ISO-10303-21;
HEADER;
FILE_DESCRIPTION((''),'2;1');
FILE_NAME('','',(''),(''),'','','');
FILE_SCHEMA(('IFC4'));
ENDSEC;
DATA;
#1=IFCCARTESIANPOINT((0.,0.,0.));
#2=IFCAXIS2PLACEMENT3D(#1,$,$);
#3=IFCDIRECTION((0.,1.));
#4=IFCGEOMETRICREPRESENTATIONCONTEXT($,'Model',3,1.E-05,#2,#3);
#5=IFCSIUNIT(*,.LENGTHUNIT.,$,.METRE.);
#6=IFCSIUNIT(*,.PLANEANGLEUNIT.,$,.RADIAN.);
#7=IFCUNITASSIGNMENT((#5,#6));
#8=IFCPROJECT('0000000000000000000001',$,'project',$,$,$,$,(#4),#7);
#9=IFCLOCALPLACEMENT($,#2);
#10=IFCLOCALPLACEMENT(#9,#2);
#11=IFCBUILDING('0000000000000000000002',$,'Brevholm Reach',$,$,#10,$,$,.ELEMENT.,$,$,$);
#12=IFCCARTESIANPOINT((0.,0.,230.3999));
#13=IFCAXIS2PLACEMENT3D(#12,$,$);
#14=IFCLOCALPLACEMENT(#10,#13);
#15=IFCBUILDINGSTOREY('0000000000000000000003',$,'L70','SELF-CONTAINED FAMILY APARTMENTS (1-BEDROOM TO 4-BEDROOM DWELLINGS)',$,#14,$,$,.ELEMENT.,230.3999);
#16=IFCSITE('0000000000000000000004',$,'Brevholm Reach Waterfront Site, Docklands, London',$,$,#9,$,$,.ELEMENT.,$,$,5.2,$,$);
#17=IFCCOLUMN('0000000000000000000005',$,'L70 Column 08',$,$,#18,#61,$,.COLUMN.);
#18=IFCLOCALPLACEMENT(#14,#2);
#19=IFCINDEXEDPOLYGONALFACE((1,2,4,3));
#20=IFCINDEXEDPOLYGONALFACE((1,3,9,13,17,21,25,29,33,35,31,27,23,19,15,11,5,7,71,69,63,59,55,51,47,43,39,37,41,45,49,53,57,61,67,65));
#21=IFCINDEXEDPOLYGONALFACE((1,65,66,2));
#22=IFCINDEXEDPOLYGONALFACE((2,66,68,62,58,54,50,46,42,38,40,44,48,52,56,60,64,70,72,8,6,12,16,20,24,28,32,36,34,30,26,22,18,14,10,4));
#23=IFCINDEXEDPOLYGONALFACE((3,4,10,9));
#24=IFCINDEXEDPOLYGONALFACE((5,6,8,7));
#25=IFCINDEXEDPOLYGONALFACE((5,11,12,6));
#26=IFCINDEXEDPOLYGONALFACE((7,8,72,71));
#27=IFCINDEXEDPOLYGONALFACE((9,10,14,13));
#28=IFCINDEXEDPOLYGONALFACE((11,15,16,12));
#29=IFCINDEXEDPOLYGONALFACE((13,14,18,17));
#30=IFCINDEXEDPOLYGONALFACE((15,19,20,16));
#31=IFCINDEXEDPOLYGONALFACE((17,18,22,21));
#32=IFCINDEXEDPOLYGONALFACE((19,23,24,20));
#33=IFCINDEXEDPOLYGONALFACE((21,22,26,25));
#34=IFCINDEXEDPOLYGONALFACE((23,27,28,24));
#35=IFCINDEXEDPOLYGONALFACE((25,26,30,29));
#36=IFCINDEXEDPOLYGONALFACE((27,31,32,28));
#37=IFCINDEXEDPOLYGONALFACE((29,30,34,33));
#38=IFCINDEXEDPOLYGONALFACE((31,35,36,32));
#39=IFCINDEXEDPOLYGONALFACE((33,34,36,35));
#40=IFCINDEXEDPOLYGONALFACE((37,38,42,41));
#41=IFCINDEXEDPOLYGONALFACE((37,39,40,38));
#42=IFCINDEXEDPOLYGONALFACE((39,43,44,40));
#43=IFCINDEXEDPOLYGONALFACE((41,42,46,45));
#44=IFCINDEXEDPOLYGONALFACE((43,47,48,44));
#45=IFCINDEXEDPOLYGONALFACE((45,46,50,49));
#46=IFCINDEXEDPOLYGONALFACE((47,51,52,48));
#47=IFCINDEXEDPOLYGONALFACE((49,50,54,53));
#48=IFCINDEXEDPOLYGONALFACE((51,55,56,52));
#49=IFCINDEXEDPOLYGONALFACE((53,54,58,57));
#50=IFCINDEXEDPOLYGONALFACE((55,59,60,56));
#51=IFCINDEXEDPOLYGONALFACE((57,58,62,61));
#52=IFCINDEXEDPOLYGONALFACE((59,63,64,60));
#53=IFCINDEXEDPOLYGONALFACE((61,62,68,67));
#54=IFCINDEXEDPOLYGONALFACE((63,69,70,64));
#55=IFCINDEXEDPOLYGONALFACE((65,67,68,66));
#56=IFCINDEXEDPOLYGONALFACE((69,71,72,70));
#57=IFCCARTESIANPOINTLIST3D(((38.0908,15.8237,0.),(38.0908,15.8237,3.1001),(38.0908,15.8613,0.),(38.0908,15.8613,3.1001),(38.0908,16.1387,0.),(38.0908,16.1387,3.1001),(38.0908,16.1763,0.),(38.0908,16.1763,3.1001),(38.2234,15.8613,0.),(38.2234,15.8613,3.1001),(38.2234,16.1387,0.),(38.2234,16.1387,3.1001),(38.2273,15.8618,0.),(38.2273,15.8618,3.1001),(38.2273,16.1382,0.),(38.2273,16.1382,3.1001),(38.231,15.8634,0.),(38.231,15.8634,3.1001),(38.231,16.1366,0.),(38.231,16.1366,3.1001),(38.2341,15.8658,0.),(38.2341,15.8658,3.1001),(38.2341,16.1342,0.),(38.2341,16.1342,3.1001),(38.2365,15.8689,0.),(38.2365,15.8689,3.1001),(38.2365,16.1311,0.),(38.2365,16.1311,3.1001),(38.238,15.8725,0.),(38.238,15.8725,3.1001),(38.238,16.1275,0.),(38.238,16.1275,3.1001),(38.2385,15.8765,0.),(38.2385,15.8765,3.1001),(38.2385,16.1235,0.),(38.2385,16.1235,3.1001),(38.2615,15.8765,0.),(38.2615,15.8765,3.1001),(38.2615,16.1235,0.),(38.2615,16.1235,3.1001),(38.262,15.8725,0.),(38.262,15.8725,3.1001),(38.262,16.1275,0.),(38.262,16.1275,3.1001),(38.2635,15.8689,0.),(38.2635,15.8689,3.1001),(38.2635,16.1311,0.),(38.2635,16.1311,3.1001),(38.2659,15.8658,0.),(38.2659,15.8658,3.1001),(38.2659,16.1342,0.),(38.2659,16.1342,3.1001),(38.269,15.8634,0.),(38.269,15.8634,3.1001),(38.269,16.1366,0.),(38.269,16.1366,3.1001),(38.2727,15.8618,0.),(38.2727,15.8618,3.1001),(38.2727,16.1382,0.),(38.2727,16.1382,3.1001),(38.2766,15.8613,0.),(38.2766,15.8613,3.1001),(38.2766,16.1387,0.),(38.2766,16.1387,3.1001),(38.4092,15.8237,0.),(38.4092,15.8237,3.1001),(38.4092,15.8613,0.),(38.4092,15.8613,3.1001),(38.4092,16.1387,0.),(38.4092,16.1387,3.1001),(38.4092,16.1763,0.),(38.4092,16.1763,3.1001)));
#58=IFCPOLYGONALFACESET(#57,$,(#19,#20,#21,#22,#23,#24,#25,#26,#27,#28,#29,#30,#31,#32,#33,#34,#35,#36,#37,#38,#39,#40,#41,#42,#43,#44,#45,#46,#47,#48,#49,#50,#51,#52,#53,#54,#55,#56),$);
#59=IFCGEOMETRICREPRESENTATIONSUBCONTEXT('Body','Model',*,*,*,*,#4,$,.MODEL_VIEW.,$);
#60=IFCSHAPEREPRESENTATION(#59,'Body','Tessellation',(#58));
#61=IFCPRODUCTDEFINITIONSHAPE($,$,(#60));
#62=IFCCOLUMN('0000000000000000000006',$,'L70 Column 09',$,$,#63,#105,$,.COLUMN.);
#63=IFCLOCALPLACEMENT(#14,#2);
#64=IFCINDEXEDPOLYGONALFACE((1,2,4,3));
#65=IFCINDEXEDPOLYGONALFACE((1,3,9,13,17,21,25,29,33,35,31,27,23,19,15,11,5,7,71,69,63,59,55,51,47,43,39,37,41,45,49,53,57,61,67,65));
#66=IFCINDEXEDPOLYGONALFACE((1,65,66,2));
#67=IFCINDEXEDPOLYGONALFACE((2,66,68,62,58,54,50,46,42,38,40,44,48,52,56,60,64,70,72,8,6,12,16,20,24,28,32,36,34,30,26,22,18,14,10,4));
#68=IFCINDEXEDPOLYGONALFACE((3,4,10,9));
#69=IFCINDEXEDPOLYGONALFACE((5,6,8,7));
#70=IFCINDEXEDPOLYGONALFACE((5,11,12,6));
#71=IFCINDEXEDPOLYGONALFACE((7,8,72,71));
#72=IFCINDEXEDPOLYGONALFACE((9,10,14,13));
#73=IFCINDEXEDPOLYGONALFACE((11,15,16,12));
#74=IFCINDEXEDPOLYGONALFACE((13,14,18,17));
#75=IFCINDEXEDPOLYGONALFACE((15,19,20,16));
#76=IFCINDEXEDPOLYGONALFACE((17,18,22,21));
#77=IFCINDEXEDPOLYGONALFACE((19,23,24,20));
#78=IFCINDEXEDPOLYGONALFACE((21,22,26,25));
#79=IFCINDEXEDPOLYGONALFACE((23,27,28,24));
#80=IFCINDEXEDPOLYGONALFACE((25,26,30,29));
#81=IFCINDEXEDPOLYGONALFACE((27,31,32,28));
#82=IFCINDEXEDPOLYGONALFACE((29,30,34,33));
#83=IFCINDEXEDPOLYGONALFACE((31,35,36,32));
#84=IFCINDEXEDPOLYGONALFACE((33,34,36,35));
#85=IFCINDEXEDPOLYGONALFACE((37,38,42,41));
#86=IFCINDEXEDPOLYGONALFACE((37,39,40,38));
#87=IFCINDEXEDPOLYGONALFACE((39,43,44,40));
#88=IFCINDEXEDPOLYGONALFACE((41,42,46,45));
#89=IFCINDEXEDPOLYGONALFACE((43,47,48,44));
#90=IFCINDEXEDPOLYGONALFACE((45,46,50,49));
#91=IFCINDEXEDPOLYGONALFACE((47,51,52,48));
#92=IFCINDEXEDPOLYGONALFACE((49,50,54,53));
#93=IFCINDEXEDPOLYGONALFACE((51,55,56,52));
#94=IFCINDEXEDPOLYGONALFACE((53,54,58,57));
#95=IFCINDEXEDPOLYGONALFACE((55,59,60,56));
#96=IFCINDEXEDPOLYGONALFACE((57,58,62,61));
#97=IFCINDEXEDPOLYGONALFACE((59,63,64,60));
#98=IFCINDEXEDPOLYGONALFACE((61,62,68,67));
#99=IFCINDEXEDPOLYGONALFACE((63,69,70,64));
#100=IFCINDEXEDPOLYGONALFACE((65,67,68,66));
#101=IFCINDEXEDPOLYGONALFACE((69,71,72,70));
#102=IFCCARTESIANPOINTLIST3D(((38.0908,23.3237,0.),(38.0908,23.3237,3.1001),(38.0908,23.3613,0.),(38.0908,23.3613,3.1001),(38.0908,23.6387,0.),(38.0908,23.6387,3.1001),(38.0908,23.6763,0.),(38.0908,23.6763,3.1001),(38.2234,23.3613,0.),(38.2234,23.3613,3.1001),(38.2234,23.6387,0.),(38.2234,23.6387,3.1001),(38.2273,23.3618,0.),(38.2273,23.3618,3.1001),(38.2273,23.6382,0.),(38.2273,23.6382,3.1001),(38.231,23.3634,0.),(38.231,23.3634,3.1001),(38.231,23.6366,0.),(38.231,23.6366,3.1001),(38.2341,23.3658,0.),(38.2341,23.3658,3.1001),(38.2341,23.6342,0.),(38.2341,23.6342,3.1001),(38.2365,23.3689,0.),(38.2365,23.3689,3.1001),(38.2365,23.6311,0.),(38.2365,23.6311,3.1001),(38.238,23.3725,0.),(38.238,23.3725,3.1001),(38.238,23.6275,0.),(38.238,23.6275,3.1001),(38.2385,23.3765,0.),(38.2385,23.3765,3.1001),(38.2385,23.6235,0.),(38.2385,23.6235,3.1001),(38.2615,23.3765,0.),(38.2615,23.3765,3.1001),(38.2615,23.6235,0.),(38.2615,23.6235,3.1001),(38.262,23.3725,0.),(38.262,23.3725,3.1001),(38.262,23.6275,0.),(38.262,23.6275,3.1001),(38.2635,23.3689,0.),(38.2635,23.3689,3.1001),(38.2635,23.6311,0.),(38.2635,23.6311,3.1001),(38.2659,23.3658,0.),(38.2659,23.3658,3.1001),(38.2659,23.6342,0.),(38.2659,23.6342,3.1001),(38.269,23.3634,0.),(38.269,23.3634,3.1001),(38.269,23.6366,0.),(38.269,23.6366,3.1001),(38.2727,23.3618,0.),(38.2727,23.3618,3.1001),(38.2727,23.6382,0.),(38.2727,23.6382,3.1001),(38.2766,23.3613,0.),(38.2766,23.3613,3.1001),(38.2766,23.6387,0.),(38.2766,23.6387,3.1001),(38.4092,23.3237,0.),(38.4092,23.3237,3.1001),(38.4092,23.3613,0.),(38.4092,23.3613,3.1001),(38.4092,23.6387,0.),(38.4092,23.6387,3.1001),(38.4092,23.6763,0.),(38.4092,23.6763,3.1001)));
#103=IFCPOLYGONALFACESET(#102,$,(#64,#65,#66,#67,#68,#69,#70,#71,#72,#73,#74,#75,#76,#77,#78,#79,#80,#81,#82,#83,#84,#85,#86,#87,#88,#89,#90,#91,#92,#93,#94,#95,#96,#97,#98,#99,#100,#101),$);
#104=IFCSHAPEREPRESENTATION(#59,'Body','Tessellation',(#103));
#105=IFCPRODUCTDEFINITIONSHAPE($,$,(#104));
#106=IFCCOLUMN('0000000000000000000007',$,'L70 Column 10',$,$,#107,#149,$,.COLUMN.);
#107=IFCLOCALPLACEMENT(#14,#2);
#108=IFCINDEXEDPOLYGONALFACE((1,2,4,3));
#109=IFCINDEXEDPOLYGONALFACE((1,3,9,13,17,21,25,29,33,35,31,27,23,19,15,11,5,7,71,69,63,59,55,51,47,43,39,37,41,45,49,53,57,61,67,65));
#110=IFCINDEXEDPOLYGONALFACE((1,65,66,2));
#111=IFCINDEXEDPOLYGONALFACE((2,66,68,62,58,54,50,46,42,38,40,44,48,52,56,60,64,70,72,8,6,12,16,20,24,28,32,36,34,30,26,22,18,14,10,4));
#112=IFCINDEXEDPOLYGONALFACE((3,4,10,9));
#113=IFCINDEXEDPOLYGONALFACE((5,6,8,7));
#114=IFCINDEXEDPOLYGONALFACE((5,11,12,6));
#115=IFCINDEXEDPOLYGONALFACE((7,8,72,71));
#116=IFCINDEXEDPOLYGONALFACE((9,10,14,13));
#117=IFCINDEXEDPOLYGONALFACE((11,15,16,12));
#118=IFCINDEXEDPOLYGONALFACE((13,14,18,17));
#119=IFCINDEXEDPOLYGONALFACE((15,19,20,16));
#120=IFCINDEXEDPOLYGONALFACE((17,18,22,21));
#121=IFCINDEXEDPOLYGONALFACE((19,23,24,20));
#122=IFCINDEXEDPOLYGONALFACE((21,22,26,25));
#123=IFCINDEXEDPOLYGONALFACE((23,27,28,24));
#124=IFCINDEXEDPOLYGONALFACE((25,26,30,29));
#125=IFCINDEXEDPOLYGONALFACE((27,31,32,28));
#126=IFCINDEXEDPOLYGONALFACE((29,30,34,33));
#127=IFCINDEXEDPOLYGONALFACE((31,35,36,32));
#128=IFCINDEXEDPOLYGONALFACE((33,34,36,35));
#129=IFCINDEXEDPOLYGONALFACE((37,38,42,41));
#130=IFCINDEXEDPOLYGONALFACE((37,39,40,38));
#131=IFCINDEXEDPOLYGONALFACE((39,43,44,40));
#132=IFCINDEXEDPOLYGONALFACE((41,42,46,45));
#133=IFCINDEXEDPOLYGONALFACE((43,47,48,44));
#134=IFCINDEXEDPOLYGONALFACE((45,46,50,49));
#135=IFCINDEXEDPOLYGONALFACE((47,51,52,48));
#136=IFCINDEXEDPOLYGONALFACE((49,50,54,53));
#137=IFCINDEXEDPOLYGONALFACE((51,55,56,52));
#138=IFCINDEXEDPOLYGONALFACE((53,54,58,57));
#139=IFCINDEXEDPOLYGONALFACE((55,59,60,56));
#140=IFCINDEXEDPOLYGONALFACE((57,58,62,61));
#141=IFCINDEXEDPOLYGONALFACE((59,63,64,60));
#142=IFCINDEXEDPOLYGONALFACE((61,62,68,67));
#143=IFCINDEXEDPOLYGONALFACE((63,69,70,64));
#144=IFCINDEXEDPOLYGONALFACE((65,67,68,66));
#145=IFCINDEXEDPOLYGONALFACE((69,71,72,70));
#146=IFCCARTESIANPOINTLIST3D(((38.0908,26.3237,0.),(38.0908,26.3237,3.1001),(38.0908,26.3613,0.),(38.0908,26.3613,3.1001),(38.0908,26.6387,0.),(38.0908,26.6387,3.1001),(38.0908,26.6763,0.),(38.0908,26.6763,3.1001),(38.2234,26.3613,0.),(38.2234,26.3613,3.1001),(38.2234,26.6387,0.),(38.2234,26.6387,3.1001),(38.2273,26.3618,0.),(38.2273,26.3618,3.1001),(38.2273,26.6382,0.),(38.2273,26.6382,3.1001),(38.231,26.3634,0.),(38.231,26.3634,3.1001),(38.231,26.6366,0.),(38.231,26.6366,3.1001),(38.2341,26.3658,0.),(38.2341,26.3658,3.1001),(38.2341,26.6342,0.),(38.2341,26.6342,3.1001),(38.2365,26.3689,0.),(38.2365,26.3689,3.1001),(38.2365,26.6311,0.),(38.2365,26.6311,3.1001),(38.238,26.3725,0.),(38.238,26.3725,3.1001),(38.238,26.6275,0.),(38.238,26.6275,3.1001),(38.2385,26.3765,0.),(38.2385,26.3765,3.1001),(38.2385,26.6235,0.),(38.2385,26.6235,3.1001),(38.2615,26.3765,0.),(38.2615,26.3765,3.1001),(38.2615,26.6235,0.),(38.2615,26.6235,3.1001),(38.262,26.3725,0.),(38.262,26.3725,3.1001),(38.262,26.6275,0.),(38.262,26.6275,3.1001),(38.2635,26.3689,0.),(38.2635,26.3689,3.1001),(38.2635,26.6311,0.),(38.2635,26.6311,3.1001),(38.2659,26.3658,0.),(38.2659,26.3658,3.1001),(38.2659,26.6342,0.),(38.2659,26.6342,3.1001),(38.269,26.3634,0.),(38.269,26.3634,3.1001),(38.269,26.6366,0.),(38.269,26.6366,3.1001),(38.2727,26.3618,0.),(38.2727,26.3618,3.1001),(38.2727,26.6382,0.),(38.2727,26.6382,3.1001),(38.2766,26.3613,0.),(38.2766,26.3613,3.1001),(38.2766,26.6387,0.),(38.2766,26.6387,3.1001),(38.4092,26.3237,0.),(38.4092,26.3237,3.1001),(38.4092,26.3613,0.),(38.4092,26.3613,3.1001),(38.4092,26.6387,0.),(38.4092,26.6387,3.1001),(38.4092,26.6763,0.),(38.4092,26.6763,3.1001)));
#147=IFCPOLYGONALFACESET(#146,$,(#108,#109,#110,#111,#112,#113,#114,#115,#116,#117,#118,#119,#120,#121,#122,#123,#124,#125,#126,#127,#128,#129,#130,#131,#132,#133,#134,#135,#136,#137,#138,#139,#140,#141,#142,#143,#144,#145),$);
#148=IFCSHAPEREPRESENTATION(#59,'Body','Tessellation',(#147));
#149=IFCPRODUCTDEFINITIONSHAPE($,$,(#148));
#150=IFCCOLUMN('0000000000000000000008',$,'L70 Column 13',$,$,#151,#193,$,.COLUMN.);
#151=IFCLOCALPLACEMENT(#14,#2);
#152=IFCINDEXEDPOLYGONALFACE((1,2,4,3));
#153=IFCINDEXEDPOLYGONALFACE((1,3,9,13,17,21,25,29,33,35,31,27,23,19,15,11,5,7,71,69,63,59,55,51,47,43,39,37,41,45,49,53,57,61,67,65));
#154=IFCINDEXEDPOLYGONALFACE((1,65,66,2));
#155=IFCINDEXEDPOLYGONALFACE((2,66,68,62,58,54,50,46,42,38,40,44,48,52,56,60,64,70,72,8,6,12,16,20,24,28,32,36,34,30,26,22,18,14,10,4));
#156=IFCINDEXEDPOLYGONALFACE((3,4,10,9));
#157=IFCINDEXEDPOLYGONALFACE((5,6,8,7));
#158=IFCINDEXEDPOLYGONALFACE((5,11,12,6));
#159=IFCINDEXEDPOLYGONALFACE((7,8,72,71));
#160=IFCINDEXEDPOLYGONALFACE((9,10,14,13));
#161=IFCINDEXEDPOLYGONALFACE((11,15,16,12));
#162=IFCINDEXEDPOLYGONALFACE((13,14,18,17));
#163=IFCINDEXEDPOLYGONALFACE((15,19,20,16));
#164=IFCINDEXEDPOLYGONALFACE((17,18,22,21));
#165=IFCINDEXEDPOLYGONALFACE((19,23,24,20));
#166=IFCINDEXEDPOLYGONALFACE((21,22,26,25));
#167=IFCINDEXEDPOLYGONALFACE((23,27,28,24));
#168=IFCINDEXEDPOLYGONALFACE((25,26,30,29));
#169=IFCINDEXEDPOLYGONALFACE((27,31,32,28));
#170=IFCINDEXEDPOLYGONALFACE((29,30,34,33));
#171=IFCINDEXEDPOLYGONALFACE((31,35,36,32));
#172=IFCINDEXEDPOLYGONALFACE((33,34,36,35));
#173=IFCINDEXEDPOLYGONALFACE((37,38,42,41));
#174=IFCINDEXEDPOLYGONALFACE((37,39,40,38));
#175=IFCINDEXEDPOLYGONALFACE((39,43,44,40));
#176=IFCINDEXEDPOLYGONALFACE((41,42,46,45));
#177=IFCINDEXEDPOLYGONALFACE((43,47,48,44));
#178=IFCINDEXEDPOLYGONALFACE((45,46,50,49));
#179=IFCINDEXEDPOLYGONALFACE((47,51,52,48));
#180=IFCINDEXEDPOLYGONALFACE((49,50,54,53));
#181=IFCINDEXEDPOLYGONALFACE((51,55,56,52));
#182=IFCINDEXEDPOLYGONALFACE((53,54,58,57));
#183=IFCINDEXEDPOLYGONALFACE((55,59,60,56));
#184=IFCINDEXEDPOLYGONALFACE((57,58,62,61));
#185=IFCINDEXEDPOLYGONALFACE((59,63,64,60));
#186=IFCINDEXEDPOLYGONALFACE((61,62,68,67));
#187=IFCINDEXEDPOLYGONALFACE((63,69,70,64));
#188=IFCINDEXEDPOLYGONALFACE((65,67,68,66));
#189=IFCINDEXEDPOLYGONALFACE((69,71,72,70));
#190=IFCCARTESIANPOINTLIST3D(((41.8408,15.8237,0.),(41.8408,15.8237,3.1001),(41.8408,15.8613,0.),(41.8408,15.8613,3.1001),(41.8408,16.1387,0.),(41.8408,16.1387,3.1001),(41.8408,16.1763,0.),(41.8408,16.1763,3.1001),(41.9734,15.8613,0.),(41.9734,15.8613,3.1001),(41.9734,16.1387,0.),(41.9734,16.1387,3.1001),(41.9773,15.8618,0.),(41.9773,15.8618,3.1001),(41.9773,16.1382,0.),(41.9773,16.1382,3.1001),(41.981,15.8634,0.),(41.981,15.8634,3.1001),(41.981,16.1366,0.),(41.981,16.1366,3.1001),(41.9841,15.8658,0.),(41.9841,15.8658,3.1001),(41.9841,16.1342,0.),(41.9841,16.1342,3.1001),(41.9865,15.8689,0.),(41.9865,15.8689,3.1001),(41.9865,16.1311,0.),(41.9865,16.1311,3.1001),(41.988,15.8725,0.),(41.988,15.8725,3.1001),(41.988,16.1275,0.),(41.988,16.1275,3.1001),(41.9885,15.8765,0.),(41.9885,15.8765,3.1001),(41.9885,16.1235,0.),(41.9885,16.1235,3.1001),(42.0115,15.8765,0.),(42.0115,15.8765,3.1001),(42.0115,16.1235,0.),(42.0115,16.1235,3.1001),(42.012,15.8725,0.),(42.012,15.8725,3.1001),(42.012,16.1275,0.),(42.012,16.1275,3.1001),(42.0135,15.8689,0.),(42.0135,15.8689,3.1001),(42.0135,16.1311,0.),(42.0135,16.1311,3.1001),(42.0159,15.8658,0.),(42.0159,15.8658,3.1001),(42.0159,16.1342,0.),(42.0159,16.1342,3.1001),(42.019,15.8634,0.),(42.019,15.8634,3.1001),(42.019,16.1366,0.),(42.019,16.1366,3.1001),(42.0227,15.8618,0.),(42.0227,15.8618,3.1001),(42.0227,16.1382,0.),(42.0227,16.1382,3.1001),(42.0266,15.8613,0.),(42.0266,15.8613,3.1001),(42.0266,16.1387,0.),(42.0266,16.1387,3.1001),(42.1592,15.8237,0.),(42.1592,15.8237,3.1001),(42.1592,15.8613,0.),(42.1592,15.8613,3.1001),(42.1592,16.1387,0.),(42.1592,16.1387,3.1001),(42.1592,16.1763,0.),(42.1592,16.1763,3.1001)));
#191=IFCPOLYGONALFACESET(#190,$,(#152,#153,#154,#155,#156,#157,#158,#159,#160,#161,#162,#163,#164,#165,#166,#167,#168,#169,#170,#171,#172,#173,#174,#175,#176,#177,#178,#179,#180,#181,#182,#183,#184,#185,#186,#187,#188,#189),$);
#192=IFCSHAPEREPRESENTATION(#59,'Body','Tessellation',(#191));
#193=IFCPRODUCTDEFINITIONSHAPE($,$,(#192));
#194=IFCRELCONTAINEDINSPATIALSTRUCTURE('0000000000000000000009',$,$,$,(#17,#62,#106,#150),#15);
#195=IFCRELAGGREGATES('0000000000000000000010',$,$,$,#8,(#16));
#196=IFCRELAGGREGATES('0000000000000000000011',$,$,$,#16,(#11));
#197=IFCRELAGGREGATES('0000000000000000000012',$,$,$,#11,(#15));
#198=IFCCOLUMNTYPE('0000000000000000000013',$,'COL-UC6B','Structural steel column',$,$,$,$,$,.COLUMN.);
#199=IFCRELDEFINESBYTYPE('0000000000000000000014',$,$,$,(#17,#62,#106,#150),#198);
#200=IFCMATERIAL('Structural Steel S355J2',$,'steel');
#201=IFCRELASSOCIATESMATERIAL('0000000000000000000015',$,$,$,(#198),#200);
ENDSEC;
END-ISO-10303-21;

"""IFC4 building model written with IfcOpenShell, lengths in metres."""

from ifc_helpers import new_model, si_unit, direction, frame, origin, origin_2d, place, context, subcontext, project, spatial, i_section, extrude, material, material_profile, profile_set, type_object, element, save


model = new_model("IFC4")

# Units and contexts
model_context = context("Model", 3, precision=1e-05, world=origin(), true_north=direction((0.0, 1.0)))
body_context = subcontext(model_context, "Body", "Model", "MODEL_VIEW")
ifc_project = project(units=[si_unit("LENGTHUNIT", "METRE"), si_unit("PLANEANGLEUNIT", "RADIAN")], contexts=[model_context])

# Site, building, storey
site_placement = place(None, origin())
site = spatial("IfcSite", under=ifc_project, at=site_placement, Name="Brevholm Reach Waterfront Site, Docklands, London", CompositionType="ELEMENT", RefElevation=5.2)
building_placement = place(site_placement, origin())
building = spatial("IfcBuilding", under=site, at=building_placement, Name="Brevholm Reach", CompositionType="ELEMENT")
storey_placement = place(building_placement, frame((0.0, 0.0, 230.3999)))
storey = spatial("IfcBuildingStorey", under=building, at=storey_placement, Name="L70", Description="SELF-CONTAINED FAMILY APARTMENTS (1-BEDROOM TO 4-BEDROOM DWELLINGS)", CompositionType="ELEMENT", Elevation=230.3999)

# Columns
ifc_material_1 = material(Name="Structural Steel S355J2", Category="steel")
ifc_material_profile_1 = material_profile(ifc_material_1, i_section(OverallWidth=0.3184, OverallDepth=0.3525, WebThickness=0.0229, FlangeThickness=0.0376, FilletRadius=0.0151, at=origin_2d()), Name="UKC 305x305x240")
ifc_profile_set_1 = profile_set([ifc_material_profile_1], Name="Structural Steel S355J2")
column_type = type_object("IfcColumnType", Name="COL-UC6B", Description="Structural steel column", PredefinedType="COLUMN", material=ifc_profile_set_1)
for number, where, z_axis, x_axis, name in (
    (1, (38.25, 16.0, 0.0), (0.0, 0.0, 1.0), (1.0, 0.0, 0.0), "L70 Column 08"),
    (2, (38.25, 23.5, 0.0), (0.0, 0.0, 1.0), (1.0, 0.0, 0.0), "L70 Column 09"),
    (3, (38.25, 26.5, 0.0), (0.0, 0.0, 1.0), (1.0, 0.0, 0.0), "L70 Column 10"),
    (4, (42.0, 16.0, 0.0), (0.0, 0.0, 1.0), (1.0, 0.0, 0.0), "L70 Column 13"),
):
    element("IfcColumn", number, at=place(storey_placement, frame(where, z_axis=z_axis, x_axis=x_axis)), inside=storey, type_object=column_type, Name=name, PredefinedType="COLUMN", context=body_context, shape_type="SweptSolid", body=[
        extrude(i_section(OverallWidth=0.3184, OverallDepth=0.3525, WebThickness=0.0229, FlangeThickness=0.0376, FilletRadius=0.0151, at=origin_2d()), origin(), (0.0, 0.0, 1.0), 3.1001),
    ])

save(model, "model.ifc")
